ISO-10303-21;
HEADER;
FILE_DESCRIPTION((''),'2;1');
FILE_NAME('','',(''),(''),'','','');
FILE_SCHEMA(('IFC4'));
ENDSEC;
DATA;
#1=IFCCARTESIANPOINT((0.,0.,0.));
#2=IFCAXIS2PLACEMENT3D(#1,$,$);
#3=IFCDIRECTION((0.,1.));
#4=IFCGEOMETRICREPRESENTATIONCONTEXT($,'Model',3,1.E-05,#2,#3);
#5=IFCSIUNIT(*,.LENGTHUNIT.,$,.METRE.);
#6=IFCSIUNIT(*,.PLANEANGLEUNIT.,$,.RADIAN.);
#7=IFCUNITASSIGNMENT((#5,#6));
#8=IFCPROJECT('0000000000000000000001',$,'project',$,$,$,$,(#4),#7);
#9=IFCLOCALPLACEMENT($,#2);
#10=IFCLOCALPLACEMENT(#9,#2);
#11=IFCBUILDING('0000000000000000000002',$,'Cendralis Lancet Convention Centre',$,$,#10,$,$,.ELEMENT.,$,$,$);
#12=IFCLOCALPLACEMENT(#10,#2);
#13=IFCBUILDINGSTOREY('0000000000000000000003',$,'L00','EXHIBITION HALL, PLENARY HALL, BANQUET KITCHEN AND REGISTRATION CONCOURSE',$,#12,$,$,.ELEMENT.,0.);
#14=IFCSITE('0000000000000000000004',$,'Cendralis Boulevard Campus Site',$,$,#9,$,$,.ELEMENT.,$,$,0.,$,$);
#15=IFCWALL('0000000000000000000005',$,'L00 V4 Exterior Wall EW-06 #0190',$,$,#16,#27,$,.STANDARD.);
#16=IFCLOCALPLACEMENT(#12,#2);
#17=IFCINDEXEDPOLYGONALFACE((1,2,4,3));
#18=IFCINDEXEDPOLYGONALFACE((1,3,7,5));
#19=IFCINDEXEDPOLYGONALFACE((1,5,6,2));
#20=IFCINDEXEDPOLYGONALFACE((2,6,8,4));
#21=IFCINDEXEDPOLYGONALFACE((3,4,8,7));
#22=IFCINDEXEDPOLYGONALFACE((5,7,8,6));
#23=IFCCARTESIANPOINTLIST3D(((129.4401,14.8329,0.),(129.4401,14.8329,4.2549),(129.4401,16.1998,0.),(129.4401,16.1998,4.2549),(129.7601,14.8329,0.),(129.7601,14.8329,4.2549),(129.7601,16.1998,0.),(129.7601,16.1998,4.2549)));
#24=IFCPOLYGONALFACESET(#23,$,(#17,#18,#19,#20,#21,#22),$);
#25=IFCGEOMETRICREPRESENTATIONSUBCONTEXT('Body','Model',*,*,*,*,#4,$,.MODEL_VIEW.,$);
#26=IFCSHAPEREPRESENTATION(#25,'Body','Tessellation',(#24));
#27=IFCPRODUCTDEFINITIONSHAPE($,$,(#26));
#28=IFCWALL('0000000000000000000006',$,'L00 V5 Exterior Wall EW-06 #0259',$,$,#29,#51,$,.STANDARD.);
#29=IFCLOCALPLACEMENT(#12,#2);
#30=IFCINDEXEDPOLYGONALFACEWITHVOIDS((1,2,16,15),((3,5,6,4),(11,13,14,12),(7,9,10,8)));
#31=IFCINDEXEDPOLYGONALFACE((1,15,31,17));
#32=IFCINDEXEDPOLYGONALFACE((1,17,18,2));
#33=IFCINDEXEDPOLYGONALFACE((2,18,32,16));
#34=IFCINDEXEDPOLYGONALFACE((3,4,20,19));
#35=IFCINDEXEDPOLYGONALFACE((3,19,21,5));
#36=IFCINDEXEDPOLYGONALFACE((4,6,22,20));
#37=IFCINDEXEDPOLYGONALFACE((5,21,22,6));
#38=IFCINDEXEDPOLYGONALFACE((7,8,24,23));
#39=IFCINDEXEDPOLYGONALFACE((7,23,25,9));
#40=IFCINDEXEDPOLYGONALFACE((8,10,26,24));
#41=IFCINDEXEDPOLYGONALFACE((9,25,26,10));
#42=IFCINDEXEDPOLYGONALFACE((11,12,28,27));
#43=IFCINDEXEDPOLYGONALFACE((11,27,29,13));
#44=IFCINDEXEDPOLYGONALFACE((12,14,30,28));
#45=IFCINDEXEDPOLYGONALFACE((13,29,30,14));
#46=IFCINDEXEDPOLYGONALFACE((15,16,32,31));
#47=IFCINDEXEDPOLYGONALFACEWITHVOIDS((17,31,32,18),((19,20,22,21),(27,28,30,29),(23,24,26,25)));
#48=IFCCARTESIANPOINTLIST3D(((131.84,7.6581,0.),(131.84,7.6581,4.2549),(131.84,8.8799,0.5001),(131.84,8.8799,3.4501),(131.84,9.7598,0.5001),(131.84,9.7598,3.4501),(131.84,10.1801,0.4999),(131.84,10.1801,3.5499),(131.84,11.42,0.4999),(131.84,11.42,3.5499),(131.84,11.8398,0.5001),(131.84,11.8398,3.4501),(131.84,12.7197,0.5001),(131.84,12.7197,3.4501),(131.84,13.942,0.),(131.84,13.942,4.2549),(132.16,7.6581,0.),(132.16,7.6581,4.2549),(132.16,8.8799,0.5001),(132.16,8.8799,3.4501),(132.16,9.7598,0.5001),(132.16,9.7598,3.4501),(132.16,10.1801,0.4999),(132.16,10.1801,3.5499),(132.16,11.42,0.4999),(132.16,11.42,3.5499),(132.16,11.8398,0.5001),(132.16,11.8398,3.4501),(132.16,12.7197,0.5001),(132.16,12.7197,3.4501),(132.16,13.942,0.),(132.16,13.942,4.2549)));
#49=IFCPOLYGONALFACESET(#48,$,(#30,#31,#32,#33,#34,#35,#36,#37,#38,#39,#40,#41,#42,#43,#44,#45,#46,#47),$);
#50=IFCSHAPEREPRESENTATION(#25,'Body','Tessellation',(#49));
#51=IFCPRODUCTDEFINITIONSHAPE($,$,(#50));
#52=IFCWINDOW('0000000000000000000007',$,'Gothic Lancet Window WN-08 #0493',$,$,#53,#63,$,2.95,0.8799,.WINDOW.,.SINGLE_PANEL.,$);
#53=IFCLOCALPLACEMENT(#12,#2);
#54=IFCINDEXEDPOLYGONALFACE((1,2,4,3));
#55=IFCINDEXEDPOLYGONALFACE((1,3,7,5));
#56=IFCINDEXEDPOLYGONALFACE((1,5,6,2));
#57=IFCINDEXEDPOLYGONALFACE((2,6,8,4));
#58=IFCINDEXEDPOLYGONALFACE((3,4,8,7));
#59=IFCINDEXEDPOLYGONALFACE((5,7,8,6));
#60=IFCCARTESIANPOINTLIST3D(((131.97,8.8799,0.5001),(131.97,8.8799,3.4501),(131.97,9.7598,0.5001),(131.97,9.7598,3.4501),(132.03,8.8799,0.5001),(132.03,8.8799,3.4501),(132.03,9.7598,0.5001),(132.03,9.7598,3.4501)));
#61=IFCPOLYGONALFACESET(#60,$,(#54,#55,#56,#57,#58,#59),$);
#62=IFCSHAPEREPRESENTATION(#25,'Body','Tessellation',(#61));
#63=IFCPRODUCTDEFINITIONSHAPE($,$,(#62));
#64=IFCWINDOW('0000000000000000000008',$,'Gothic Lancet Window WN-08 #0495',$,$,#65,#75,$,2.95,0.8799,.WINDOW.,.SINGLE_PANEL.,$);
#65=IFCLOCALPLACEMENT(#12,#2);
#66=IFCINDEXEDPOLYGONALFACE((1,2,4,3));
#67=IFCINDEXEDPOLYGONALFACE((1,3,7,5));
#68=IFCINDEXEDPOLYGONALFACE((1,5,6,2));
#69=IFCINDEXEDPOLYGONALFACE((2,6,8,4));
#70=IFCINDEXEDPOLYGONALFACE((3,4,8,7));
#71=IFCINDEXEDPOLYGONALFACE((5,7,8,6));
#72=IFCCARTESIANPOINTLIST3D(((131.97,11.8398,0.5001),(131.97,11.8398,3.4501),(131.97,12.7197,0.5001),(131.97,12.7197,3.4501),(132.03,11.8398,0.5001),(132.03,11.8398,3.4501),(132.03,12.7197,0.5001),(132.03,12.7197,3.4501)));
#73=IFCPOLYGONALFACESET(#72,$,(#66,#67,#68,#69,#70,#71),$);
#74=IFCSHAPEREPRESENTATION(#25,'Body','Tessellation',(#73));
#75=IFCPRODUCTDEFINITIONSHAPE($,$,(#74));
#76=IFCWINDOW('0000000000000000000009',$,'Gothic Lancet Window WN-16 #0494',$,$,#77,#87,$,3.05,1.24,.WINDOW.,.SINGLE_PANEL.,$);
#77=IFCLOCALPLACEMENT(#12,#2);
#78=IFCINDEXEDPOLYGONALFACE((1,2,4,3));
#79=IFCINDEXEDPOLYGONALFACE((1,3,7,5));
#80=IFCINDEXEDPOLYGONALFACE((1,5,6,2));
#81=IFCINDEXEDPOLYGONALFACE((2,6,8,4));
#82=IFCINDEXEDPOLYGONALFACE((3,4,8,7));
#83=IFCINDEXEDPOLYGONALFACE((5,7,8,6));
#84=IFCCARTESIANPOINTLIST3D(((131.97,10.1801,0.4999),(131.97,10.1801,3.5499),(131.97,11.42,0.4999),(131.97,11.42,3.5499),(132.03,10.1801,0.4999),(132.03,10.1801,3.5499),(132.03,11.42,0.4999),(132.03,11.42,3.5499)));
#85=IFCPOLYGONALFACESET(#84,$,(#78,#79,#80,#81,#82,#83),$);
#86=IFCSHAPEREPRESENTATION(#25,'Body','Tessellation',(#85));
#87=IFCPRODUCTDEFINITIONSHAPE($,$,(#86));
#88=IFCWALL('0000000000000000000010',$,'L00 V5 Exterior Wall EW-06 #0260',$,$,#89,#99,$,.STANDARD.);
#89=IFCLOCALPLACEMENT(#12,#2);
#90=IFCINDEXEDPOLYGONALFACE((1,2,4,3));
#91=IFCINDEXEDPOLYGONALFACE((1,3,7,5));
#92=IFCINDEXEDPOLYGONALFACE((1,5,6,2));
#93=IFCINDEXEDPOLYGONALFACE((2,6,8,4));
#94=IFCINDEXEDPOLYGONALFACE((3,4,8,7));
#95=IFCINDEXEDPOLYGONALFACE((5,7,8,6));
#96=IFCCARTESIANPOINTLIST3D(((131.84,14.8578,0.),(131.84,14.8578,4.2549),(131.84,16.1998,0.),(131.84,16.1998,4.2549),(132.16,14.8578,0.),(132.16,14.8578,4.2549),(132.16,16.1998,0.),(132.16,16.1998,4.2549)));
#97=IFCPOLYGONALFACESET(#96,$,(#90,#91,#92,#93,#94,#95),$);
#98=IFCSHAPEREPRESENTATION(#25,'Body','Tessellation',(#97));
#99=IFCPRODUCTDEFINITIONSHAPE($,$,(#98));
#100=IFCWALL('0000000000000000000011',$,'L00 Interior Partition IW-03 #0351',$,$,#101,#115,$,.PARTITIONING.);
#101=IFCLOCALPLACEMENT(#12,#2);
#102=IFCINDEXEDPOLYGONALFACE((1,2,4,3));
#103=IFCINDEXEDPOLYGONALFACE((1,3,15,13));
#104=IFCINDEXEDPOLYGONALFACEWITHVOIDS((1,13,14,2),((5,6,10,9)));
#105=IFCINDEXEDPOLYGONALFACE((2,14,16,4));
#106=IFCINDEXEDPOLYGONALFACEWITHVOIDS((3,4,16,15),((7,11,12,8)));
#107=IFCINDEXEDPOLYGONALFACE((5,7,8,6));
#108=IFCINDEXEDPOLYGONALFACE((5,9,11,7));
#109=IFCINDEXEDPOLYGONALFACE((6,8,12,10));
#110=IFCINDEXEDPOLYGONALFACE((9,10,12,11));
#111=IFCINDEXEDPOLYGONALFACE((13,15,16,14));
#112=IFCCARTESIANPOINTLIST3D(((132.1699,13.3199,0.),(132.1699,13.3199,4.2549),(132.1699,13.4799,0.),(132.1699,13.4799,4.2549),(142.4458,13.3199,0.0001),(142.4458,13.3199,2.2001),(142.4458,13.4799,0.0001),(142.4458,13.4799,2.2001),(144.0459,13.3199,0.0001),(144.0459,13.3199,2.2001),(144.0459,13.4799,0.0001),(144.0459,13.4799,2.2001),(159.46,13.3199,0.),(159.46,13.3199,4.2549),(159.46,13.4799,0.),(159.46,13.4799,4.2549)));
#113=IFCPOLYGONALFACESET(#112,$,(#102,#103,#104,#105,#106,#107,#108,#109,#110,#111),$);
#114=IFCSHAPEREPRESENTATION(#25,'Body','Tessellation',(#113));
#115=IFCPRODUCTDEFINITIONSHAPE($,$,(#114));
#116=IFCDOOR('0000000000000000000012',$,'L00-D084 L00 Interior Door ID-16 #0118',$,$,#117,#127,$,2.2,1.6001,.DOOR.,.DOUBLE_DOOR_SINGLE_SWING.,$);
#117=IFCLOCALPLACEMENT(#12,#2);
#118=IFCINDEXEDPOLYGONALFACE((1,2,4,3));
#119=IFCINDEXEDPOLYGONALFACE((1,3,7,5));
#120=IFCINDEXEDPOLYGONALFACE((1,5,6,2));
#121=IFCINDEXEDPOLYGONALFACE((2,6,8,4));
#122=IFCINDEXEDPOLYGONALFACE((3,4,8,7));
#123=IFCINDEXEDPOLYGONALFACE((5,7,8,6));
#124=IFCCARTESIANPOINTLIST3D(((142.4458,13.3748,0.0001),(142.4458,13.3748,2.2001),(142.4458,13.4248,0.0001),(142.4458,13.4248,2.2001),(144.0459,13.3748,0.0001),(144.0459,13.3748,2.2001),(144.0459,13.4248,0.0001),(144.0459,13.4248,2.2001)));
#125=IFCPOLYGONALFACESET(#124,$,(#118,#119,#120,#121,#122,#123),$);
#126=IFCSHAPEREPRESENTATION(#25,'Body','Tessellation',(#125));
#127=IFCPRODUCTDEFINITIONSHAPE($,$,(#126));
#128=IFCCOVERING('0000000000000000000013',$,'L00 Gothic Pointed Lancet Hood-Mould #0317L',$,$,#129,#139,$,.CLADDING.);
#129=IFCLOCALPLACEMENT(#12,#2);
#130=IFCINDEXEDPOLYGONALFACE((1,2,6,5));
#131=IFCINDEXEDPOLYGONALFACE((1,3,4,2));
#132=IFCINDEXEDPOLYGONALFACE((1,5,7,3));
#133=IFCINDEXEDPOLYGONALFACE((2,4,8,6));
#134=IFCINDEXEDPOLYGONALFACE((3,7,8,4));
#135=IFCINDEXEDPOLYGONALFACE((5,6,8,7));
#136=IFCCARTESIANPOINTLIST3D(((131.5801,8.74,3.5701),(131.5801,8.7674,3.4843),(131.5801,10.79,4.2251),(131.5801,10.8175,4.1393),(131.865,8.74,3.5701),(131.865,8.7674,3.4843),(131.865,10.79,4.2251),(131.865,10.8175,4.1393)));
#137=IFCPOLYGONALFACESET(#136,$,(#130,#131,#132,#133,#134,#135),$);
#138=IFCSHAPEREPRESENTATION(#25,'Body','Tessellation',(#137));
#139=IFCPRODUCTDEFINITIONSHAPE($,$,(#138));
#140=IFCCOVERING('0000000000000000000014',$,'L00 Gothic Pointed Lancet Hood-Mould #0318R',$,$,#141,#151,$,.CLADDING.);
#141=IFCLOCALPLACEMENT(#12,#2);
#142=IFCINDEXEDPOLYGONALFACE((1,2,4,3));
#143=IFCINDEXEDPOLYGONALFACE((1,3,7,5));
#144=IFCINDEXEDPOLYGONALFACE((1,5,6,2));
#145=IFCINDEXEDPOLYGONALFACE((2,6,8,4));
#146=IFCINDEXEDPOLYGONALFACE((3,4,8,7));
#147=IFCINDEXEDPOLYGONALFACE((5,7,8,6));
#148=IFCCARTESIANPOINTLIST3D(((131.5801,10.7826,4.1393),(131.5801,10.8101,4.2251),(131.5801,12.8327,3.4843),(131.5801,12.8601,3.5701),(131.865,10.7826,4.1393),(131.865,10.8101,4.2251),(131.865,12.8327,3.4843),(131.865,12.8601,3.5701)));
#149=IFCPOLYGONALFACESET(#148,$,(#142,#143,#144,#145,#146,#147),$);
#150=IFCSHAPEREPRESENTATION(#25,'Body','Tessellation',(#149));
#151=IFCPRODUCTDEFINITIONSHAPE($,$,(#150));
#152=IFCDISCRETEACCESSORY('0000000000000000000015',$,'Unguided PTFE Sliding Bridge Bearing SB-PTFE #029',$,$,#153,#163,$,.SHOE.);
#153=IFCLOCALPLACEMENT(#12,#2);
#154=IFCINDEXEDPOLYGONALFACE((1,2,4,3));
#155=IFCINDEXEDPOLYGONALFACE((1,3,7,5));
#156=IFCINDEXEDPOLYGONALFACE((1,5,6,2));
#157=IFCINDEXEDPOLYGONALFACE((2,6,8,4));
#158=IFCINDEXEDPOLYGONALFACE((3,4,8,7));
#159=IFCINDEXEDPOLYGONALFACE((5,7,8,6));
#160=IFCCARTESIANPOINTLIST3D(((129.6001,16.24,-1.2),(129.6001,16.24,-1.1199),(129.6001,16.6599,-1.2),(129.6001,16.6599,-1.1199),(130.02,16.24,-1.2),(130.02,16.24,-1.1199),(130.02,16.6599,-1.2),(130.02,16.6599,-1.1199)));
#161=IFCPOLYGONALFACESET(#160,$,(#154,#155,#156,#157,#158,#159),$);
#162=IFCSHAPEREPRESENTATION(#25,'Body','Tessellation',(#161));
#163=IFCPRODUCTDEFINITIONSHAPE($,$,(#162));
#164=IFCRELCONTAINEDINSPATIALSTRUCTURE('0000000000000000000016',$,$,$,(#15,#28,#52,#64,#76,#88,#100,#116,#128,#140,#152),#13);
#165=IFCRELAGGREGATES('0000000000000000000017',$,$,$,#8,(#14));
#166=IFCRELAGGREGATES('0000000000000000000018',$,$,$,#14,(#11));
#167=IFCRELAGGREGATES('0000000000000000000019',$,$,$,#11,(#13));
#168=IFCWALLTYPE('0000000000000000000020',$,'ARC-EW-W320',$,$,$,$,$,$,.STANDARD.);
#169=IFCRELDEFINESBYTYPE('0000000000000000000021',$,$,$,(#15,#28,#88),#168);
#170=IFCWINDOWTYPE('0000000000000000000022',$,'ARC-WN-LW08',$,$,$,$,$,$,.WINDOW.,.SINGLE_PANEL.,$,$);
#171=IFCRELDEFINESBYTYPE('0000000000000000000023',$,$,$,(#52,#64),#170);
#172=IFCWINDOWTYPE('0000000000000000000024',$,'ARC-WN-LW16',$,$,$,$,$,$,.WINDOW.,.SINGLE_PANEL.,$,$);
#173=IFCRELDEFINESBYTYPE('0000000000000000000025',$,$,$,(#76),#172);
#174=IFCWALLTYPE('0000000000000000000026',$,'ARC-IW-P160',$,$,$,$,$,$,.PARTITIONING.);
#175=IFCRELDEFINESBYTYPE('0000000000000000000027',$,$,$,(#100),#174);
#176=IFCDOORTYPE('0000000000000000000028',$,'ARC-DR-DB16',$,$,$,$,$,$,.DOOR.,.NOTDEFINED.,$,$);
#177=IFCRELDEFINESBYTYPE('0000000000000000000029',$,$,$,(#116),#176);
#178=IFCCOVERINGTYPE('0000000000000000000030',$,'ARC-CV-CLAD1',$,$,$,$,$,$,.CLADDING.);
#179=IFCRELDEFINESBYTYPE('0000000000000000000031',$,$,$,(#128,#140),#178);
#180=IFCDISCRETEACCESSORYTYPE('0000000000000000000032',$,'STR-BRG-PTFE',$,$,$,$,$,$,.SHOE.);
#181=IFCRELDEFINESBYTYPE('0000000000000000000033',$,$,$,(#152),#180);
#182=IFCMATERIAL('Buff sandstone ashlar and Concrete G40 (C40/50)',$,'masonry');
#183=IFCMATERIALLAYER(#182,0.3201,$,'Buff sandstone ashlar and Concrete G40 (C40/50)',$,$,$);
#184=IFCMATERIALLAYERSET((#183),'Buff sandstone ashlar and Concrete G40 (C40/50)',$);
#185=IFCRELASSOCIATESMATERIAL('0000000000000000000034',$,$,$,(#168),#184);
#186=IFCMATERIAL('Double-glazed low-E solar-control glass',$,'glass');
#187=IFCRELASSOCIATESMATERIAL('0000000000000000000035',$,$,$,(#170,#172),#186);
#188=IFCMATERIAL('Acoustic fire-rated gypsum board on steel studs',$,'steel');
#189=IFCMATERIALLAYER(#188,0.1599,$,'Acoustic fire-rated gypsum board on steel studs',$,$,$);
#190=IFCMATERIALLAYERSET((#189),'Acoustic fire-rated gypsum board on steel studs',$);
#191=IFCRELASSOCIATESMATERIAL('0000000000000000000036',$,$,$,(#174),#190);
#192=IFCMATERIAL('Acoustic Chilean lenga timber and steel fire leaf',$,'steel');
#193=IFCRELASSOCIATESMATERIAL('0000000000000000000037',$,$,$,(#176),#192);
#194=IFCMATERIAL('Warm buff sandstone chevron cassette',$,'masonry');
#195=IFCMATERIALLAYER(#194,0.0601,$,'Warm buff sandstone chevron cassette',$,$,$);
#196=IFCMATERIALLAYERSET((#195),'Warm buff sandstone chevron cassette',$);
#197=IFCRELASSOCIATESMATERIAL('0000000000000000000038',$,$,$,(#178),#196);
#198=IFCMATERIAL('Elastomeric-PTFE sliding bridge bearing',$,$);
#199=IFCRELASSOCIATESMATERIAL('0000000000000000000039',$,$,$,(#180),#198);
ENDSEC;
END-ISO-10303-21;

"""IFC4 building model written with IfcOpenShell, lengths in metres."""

from ifc_helpers import new_model, si_unit, direction, frame, frame_2d, origin, origin_2d, place, context, subcontext, project, spatial, polyline, rectangle, outline, extrude, material, layer, layer_set, type_object, element, fill, save


model = new_model("IFC4")

# Units and contexts
model_context = context("Model", 3, precision=1e-05, world=origin(), true_north=direction((0.0, 1.0)))
body_context = subcontext(model_context, "Body", "Model", "MODEL_VIEW")
ifc_project = project(units=[si_unit("LENGTHUNIT", "METRE"), si_unit("PLANEANGLEUNIT", "RADIAN")], contexts=[model_context])

# Site, building, storey
site_placement = place(None, origin())
site = spatial("IfcSite", under=ifc_project, at=site_placement, Name="Cendralis Boulevard Campus Site", CompositionType="ELEMENT", RefElevation=0.0)
building_placement = place(site_placement, origin())
building = spatial("IfcBuilding", under=site, at=building_placement, Name="Cendralis Lancet Convention Centre", CompositionType="ELEMENT")
storey_placement = place(building_placement, origin())
storey = spatial("IfcBuildingStorey", under=building, at=storey_placement, Name="L00", Description="EXHIBITION HALL, PLENARY HALL, BANQUET KITCHEN AND REGISTRATION CONCOURSE", CompositionType="ELEMENT", Elevation=0.0)

# Shared definitions
ifc_material_1 = material(Name="Double-glazed low-E solar-control glass", Category="glass")

# Wall
ifc_material_2 = material(Name="Buff sandstone ashlar and Concrete G40 (C40/50)", Category="masonry")
ifc_layer_1 = layer(ifc_material_2, 0.3201, Name="Buff sandstone ashlar and Concrete G40 (C40/50)")
ifc_layer_set_1 = layer_set([ifc_layer_1], Name="Buff sandstone ashlar and Concrete G40 (C40/50)")
wall_type_1 = type_object("IfcWallType", Name="ARC-EW-W320", PredefinedType="STANDARD", material=ifc_layer_set_1)
wall_1_placement = place(storey_placement, frame((129.6001, 16.2, 0.0), z_axis=(0.0, 0.0, 1.0), x_axis=(0.0, -1.0, 0.0)))
element("IfcWall", 1, at=wall_1_placement, inside=storey, type_object=wall_type_1, Name="L00 V4 Exterior Wall EW-06 #0190", PredefinedType="STANDARD", context=body_context, shape_type="SweptSolid", body=[
    extrude(rectangle(XDim=1.3669, YDim=0.3201, at=frame_2d((0.6836, 0.0))), origin(), (0.0, 0.0, 1.0), 4.2549),
])

# Wall, openings, windows
wall_2_placement = place(storey_placement, frame((132.0, 7.658, 0.0), z_axis=(0.0, 0.0, 1.0), x_axis=(0.0, 1.0, 0.0)))
wall_2 = element("IfcWall", 2, at=wall_2_placement, inside=storey, type_object=wall_type_1, Name="L00 V5 Exterior Wall EW-06 #0259", PredefinedType="STANDARD", context=body_context, shape_type="SweptSolid", body=[
    extrude(rectangle(XDim=6.2839, YDim=0.3201, at=frame_2d((3.1421, 0.0))), origin(), (0.0, 0.0, 1.0), 4.2549),
])
opening_1_placement = place(wall_2_placement, frame((1.2219, 0.0, 0.5)))
opening_1 = element("IfcOpeningElement", 3, at=opening_1_placement, cuts=wall_2, PredefinedType="OPENING", context=body_context, shape_type="SweptSolid", body=[
    extrude(rectangle(XDim=0.8799, YDim=2.95, at=frame_2d((0.4399, 1.4751))), frame((0.0, 0.1699, 0.0), z_axis=(0.0, -1.0, 0.0), x_axis=(1.0, 0.0, 0.0)), (0.0, 0.0, 1.0), 0.3401),
])
opening_2_placement = place(wall_2_placement, frame((2.522, 0.0, 0.5)))
opening_2 = element("IfcOpeningElement", 4, at=opening_2_placement, cuts=wall_2, PredefinedType="OPENING", context=body_context, shape_type="SweptSolid", body=[
    extrude(rectangle(XDim=1.24, YDim=3.05, at=frame_2d((0.6201, 1.5249))), frame((0.0, 0.1699, 0.0), z_axis=(0.0, -1.0, 0.0), x_axis=(1.0, 0.0, 0.0)), (0.0, 0.0, 1.0), 0.3401),
])
opening_3_placement = place(wall_2_placement, frame((4.1819, 0.0, 0.5)))
opening_3 = element("IfcOpeningElement", 5, at=opening_3_placement, cuts=wall_2, PredefinedType="OPENING", context=body_context, shape_type="SweptSolid", body=[
    extrude(rectangle(XDim=0.8799, YDim=2.95, at=frame_2d((0.4399, 1.4751))), frame((0.0, 0.1699, 0.0), z_axis=(0.0, -1.0, 0.0), x_axis=(1.0, 0.0, 0.0)), (0.0, 0.0, 1.0), 0.3401),
])
window_type_1 = type_object("IfcWindowType", Name="ARC-WN-LW08", PartitioningType="SINGLE_PANEL", PredefinedType="WINDOW", material=ifc_material_1)
window_1_placement = place(opening_1_placement, origin())
window_1 = element("IfcWindow", 6, at=window_1_placement, inside=storey, type_object=window_type_1, Name="Gothic Lancet Window WN-08 #0493", OverallHeight=2.95, OverallWidth=0.8799, PartitioningType="SINGLE_PANEL", PredefinedType="WINDOW", context=body_context, shape_type="SweptSolid", body=[
    extrude(rectangle(XDim=0.8799, YDim=2.95, at=frame_2d((0.4399, 1.4751))), frame((0.0, 0.03, 0.0), z_axis=(0.0, -1.0, 0.0), x_axis=(1.0, 0.0, 0.0)), (0.0, 0.0, 1.0), 0.0601),
])
fill(opening_1, window_1)
window_2_placement = place(opening_3_placement, origin())
window_2 = element("IfcWindow", 7, at=window_2_placement, inside=storey, type_object=window_type_1, Name="Gothic Lancet Window WN-08 #0495", OverallHeight=2.95, OverallWidth=0.8799, PartitioningType="SINGLE_PANEL", PredefinedType="WINDOW", context=body_context, shape_type="SweptSolid", body=[
    extrude(rectangle(XDim=0.8799, YDim=2.95, at=frame_2d((0.4399, 1.4751))), frame((0.0, 0.03, 0.0), z_axis=(0.0, -1.0, 0.0), x_axis=(1.0, 0.0, 0.0)), (0.0, 0.0, 1.0), 0.0601),
])
fill(opening_3, window_2)
window_type_2 = type_object("IfcWindowType", Name="ARC-WN-LW16", PartitioningType="SINGLE_PANEL", PredefinedType="WINDOW", material=ifc_material_1)
window_3_placement = place(opening_2_placement, origin())
window_3 = element("IfcWindow", 8, at=window_3_placement, inside=storey, type_object=window_type_2, Name="Gothic Lancet Window WN-16 #0494", OverallHeight=3.05, OverallWidth=1.24, PartitioningType="SINGLE_PANEL", PredefinedType="WINDOW", context=body_context, shape_type="SweptSolid", body=[
    extrude(rectangle(XDim=1.24, YDim=3.05, at=frame_2d((0.6201, 1.5249))), frame((0.0, 0.03, 0.0), z_axis=(0.0, -1.0, 0.0), x_axis=(1.0, 0.0, 0.0)), (0.0, 0.0, 1.0), 0.0601),
])
fill(opening_2, window_3)

# Wall
wall_3_placement = place(storey_placement, frame((132.0, 14.8579, 0.0), z_axis=(0.0, 0.0, 1.0), x_axis=(0.0, 1.0, 0.0)))
element("IfcWall", 9, at=wall_3_placement, inside=storey, type_object=wall_type_1, Name="L00 V5 Exterior Wall EW-06 #0260", PredefinedType="STANDARD", context=body_context, shape_type="SweptSolid", body=[
    extrude(rectangle(XDim=1.342, YDim=0.3201, at=frame_2d((0.6709, 0.0))), origin(), (0.0, 0.0, 1.0), 4.2549),
])

# Wall, opening, door
ifc_material_3 = material(Name="Acoustic fire-rated gypsum board on steel studs", Category="steel")
ifc_layer_2 = layer(ifc_material_3, 0.1599, Name="Acoustic fire-rated gypsum board on steel studs")
ifc_layer_set_2 = layer_set([ifc_layer_2], Name="Acoustic fire-rated gypsum board on steel studs")
wall_type_2 = type_object("IfcWallType", Name="ARC-IW-P160", PredefinedType="PARTITIONING", material=ifc_layer_set_2)
wall_4_placement = place(storey_placement, frame((132.1699, 13.3999, 0.0), z_axis=(0.0, 0.0, 1.0), x_axis=(1.0, 0.0, 0.0)))
wall_4 = element("IfcWall", 10, at=wall_4_placement, inside=storey, type_object=wall_type_2, Name="L00 Interior Partition IW-03 #0351", PredefinedType="PARTITIONING", context=body_context, shape_type="SweptSolid", body=[
    extrude(rectangle(XDim=27.29, YDim=0.1599, at=frame_2d((13.645, 0.0))), origin(), (0.0, 0.0, 1.0), 4.2549),
])
opening_4_placement = place(wall_4_placement, frame((10.2759, 0.0, 0.0)))
opening_4 = element("IfcOpeningElement", 11, at=opening_4_placement, cuts=wall_4, PredefinedType="OPENING", context=body_context, shape_type="SweptSolid", body=[
    extrude(rectangle(XDim=1.6001, YDim=2.2, at=frame_2d((0.8, 1.1001))), frame((0.0, 0.0898, 0.0), z_axis=(0.0, -1.0, 0.0), x_axis=(1.0, 0.0, 0.0)), (0.0, 0.0, 1.0), 0.1799),
])
ifc_material_4 = material(Name="Acoustic Chilean lenga timber and steel fire leaf", Category="steel")
door_type = type_object("IfcDoorType", Name="ARC-DR-DB16", OperationType="NOTDEFINED", PredefinedType="DOOR", material=ifc_material_4)
door_placement = place(opening_4_placement, origin())
door = element("IfcDoor", 12, at=door_placement, inside=storey, type_object=door_type, Name="L00-D084 L00 Interior Door ID-16 #0118", OperationType="DOUBLE_DOOR_SINGLE_SWING", OverallHeight=2.2, OverallWidth=1.6001, PredefinedType="DOOR", context=body_context, shape_type="SweptSolid", body=[
    extrude(rectangle(XDim=1.6001, YDim=2.2, at=frame_2d((0.8, 1.1001))), frame((0.0, 0.0249, 0.0), z_axis=(0.0, -1.0, 0.0), x_axis=(1.0, 0.0, 0.0)), (0.0, 0.0, 1.0), 0.05),
])
fill(opening_4, door)

# Coverings
ifc_material_5 = material(Name="Warm buff sandstone chevron cassette", Category="masonry")
ifc_layer_3 = layer(ifc_material_5, 0.0601, Name="Warm buff sandstone chevron cassette")
ifc_layer_set_3 = layer_set([ifc_layer_3], Name="Warm buff sandstone chevron cassette")
covering_type = type_object("IfcCoveringType", Name="ARC-CV-CLAD1", PredefinedType="CLADDING", material=ifc_layer_set_3)
for number, where, z_axis, x_axis, name in (
    (13, (131.5801, 8.74, 3.5701), (0.0, -0.30436, 0.952557), (1.0, 0.0, 0.0), "L00 Gothic Pointed Lancet Hood-Mould #0317L"),
    (14, (131.5801, 10.8101, 4.2251), (0.0, 0.30436, 0.952557), (1.0, 0.0, 0.0), "L00 Gothic Pointed Lancet Hood-Mould #0318R"),
):
    element("IfcCovering", number, at=place(storey_placement, frame(where, z_axis=z_axis, x_axis=x_axis)), inside=storey, type_object=covering_type, Name=name, PredefinedType="CLADDING", context=body_context, shape_type="SweptSolid", body=[
        extrude(outline(polyline([(0.0, 0.0), (0.2849, 0.0), (0.2849, 2.1522), (0.0, 2.1522), (0.0, 0.0)])), origin(), (0.0, 0.0, -1.0), 0.0901),
    ])

# Discrete accessory
ifc_material_6 = material(Name="Elastomeric-PTFE sliding bridge bearing")
discrete_accessory_type = type_object("IfcDiscreteAccessoryType", Name="STR-BRG-PTFE", PredefinedType="SHOE", material=ifc_material_6)
discrete_accessory_placement = place(storey_placement, frame((129.8101, 16.45, -1.2), z_axis=(0.0, 0.0, 1.0), x_axis=(1.0, 0.0, 0.0)))
element("IfcDiscreteAccessory", 15, at=discrete_accessory_placement, inside=storey, type_object=discrete_accessory_type, Name="Unguided PTFE Sliding Bridge Bearing SB-PTFE #029", PredefinedType="SHOE", context=body_context, shape_type="SweptSolid", body=[
    extrude(rectangle(XDim=0.4199, YDim=0.4199, at=origin_2d()), origin(), (0.0, 0.0, 1.0), 0.0801),
])

save(model, "model.ifc")
